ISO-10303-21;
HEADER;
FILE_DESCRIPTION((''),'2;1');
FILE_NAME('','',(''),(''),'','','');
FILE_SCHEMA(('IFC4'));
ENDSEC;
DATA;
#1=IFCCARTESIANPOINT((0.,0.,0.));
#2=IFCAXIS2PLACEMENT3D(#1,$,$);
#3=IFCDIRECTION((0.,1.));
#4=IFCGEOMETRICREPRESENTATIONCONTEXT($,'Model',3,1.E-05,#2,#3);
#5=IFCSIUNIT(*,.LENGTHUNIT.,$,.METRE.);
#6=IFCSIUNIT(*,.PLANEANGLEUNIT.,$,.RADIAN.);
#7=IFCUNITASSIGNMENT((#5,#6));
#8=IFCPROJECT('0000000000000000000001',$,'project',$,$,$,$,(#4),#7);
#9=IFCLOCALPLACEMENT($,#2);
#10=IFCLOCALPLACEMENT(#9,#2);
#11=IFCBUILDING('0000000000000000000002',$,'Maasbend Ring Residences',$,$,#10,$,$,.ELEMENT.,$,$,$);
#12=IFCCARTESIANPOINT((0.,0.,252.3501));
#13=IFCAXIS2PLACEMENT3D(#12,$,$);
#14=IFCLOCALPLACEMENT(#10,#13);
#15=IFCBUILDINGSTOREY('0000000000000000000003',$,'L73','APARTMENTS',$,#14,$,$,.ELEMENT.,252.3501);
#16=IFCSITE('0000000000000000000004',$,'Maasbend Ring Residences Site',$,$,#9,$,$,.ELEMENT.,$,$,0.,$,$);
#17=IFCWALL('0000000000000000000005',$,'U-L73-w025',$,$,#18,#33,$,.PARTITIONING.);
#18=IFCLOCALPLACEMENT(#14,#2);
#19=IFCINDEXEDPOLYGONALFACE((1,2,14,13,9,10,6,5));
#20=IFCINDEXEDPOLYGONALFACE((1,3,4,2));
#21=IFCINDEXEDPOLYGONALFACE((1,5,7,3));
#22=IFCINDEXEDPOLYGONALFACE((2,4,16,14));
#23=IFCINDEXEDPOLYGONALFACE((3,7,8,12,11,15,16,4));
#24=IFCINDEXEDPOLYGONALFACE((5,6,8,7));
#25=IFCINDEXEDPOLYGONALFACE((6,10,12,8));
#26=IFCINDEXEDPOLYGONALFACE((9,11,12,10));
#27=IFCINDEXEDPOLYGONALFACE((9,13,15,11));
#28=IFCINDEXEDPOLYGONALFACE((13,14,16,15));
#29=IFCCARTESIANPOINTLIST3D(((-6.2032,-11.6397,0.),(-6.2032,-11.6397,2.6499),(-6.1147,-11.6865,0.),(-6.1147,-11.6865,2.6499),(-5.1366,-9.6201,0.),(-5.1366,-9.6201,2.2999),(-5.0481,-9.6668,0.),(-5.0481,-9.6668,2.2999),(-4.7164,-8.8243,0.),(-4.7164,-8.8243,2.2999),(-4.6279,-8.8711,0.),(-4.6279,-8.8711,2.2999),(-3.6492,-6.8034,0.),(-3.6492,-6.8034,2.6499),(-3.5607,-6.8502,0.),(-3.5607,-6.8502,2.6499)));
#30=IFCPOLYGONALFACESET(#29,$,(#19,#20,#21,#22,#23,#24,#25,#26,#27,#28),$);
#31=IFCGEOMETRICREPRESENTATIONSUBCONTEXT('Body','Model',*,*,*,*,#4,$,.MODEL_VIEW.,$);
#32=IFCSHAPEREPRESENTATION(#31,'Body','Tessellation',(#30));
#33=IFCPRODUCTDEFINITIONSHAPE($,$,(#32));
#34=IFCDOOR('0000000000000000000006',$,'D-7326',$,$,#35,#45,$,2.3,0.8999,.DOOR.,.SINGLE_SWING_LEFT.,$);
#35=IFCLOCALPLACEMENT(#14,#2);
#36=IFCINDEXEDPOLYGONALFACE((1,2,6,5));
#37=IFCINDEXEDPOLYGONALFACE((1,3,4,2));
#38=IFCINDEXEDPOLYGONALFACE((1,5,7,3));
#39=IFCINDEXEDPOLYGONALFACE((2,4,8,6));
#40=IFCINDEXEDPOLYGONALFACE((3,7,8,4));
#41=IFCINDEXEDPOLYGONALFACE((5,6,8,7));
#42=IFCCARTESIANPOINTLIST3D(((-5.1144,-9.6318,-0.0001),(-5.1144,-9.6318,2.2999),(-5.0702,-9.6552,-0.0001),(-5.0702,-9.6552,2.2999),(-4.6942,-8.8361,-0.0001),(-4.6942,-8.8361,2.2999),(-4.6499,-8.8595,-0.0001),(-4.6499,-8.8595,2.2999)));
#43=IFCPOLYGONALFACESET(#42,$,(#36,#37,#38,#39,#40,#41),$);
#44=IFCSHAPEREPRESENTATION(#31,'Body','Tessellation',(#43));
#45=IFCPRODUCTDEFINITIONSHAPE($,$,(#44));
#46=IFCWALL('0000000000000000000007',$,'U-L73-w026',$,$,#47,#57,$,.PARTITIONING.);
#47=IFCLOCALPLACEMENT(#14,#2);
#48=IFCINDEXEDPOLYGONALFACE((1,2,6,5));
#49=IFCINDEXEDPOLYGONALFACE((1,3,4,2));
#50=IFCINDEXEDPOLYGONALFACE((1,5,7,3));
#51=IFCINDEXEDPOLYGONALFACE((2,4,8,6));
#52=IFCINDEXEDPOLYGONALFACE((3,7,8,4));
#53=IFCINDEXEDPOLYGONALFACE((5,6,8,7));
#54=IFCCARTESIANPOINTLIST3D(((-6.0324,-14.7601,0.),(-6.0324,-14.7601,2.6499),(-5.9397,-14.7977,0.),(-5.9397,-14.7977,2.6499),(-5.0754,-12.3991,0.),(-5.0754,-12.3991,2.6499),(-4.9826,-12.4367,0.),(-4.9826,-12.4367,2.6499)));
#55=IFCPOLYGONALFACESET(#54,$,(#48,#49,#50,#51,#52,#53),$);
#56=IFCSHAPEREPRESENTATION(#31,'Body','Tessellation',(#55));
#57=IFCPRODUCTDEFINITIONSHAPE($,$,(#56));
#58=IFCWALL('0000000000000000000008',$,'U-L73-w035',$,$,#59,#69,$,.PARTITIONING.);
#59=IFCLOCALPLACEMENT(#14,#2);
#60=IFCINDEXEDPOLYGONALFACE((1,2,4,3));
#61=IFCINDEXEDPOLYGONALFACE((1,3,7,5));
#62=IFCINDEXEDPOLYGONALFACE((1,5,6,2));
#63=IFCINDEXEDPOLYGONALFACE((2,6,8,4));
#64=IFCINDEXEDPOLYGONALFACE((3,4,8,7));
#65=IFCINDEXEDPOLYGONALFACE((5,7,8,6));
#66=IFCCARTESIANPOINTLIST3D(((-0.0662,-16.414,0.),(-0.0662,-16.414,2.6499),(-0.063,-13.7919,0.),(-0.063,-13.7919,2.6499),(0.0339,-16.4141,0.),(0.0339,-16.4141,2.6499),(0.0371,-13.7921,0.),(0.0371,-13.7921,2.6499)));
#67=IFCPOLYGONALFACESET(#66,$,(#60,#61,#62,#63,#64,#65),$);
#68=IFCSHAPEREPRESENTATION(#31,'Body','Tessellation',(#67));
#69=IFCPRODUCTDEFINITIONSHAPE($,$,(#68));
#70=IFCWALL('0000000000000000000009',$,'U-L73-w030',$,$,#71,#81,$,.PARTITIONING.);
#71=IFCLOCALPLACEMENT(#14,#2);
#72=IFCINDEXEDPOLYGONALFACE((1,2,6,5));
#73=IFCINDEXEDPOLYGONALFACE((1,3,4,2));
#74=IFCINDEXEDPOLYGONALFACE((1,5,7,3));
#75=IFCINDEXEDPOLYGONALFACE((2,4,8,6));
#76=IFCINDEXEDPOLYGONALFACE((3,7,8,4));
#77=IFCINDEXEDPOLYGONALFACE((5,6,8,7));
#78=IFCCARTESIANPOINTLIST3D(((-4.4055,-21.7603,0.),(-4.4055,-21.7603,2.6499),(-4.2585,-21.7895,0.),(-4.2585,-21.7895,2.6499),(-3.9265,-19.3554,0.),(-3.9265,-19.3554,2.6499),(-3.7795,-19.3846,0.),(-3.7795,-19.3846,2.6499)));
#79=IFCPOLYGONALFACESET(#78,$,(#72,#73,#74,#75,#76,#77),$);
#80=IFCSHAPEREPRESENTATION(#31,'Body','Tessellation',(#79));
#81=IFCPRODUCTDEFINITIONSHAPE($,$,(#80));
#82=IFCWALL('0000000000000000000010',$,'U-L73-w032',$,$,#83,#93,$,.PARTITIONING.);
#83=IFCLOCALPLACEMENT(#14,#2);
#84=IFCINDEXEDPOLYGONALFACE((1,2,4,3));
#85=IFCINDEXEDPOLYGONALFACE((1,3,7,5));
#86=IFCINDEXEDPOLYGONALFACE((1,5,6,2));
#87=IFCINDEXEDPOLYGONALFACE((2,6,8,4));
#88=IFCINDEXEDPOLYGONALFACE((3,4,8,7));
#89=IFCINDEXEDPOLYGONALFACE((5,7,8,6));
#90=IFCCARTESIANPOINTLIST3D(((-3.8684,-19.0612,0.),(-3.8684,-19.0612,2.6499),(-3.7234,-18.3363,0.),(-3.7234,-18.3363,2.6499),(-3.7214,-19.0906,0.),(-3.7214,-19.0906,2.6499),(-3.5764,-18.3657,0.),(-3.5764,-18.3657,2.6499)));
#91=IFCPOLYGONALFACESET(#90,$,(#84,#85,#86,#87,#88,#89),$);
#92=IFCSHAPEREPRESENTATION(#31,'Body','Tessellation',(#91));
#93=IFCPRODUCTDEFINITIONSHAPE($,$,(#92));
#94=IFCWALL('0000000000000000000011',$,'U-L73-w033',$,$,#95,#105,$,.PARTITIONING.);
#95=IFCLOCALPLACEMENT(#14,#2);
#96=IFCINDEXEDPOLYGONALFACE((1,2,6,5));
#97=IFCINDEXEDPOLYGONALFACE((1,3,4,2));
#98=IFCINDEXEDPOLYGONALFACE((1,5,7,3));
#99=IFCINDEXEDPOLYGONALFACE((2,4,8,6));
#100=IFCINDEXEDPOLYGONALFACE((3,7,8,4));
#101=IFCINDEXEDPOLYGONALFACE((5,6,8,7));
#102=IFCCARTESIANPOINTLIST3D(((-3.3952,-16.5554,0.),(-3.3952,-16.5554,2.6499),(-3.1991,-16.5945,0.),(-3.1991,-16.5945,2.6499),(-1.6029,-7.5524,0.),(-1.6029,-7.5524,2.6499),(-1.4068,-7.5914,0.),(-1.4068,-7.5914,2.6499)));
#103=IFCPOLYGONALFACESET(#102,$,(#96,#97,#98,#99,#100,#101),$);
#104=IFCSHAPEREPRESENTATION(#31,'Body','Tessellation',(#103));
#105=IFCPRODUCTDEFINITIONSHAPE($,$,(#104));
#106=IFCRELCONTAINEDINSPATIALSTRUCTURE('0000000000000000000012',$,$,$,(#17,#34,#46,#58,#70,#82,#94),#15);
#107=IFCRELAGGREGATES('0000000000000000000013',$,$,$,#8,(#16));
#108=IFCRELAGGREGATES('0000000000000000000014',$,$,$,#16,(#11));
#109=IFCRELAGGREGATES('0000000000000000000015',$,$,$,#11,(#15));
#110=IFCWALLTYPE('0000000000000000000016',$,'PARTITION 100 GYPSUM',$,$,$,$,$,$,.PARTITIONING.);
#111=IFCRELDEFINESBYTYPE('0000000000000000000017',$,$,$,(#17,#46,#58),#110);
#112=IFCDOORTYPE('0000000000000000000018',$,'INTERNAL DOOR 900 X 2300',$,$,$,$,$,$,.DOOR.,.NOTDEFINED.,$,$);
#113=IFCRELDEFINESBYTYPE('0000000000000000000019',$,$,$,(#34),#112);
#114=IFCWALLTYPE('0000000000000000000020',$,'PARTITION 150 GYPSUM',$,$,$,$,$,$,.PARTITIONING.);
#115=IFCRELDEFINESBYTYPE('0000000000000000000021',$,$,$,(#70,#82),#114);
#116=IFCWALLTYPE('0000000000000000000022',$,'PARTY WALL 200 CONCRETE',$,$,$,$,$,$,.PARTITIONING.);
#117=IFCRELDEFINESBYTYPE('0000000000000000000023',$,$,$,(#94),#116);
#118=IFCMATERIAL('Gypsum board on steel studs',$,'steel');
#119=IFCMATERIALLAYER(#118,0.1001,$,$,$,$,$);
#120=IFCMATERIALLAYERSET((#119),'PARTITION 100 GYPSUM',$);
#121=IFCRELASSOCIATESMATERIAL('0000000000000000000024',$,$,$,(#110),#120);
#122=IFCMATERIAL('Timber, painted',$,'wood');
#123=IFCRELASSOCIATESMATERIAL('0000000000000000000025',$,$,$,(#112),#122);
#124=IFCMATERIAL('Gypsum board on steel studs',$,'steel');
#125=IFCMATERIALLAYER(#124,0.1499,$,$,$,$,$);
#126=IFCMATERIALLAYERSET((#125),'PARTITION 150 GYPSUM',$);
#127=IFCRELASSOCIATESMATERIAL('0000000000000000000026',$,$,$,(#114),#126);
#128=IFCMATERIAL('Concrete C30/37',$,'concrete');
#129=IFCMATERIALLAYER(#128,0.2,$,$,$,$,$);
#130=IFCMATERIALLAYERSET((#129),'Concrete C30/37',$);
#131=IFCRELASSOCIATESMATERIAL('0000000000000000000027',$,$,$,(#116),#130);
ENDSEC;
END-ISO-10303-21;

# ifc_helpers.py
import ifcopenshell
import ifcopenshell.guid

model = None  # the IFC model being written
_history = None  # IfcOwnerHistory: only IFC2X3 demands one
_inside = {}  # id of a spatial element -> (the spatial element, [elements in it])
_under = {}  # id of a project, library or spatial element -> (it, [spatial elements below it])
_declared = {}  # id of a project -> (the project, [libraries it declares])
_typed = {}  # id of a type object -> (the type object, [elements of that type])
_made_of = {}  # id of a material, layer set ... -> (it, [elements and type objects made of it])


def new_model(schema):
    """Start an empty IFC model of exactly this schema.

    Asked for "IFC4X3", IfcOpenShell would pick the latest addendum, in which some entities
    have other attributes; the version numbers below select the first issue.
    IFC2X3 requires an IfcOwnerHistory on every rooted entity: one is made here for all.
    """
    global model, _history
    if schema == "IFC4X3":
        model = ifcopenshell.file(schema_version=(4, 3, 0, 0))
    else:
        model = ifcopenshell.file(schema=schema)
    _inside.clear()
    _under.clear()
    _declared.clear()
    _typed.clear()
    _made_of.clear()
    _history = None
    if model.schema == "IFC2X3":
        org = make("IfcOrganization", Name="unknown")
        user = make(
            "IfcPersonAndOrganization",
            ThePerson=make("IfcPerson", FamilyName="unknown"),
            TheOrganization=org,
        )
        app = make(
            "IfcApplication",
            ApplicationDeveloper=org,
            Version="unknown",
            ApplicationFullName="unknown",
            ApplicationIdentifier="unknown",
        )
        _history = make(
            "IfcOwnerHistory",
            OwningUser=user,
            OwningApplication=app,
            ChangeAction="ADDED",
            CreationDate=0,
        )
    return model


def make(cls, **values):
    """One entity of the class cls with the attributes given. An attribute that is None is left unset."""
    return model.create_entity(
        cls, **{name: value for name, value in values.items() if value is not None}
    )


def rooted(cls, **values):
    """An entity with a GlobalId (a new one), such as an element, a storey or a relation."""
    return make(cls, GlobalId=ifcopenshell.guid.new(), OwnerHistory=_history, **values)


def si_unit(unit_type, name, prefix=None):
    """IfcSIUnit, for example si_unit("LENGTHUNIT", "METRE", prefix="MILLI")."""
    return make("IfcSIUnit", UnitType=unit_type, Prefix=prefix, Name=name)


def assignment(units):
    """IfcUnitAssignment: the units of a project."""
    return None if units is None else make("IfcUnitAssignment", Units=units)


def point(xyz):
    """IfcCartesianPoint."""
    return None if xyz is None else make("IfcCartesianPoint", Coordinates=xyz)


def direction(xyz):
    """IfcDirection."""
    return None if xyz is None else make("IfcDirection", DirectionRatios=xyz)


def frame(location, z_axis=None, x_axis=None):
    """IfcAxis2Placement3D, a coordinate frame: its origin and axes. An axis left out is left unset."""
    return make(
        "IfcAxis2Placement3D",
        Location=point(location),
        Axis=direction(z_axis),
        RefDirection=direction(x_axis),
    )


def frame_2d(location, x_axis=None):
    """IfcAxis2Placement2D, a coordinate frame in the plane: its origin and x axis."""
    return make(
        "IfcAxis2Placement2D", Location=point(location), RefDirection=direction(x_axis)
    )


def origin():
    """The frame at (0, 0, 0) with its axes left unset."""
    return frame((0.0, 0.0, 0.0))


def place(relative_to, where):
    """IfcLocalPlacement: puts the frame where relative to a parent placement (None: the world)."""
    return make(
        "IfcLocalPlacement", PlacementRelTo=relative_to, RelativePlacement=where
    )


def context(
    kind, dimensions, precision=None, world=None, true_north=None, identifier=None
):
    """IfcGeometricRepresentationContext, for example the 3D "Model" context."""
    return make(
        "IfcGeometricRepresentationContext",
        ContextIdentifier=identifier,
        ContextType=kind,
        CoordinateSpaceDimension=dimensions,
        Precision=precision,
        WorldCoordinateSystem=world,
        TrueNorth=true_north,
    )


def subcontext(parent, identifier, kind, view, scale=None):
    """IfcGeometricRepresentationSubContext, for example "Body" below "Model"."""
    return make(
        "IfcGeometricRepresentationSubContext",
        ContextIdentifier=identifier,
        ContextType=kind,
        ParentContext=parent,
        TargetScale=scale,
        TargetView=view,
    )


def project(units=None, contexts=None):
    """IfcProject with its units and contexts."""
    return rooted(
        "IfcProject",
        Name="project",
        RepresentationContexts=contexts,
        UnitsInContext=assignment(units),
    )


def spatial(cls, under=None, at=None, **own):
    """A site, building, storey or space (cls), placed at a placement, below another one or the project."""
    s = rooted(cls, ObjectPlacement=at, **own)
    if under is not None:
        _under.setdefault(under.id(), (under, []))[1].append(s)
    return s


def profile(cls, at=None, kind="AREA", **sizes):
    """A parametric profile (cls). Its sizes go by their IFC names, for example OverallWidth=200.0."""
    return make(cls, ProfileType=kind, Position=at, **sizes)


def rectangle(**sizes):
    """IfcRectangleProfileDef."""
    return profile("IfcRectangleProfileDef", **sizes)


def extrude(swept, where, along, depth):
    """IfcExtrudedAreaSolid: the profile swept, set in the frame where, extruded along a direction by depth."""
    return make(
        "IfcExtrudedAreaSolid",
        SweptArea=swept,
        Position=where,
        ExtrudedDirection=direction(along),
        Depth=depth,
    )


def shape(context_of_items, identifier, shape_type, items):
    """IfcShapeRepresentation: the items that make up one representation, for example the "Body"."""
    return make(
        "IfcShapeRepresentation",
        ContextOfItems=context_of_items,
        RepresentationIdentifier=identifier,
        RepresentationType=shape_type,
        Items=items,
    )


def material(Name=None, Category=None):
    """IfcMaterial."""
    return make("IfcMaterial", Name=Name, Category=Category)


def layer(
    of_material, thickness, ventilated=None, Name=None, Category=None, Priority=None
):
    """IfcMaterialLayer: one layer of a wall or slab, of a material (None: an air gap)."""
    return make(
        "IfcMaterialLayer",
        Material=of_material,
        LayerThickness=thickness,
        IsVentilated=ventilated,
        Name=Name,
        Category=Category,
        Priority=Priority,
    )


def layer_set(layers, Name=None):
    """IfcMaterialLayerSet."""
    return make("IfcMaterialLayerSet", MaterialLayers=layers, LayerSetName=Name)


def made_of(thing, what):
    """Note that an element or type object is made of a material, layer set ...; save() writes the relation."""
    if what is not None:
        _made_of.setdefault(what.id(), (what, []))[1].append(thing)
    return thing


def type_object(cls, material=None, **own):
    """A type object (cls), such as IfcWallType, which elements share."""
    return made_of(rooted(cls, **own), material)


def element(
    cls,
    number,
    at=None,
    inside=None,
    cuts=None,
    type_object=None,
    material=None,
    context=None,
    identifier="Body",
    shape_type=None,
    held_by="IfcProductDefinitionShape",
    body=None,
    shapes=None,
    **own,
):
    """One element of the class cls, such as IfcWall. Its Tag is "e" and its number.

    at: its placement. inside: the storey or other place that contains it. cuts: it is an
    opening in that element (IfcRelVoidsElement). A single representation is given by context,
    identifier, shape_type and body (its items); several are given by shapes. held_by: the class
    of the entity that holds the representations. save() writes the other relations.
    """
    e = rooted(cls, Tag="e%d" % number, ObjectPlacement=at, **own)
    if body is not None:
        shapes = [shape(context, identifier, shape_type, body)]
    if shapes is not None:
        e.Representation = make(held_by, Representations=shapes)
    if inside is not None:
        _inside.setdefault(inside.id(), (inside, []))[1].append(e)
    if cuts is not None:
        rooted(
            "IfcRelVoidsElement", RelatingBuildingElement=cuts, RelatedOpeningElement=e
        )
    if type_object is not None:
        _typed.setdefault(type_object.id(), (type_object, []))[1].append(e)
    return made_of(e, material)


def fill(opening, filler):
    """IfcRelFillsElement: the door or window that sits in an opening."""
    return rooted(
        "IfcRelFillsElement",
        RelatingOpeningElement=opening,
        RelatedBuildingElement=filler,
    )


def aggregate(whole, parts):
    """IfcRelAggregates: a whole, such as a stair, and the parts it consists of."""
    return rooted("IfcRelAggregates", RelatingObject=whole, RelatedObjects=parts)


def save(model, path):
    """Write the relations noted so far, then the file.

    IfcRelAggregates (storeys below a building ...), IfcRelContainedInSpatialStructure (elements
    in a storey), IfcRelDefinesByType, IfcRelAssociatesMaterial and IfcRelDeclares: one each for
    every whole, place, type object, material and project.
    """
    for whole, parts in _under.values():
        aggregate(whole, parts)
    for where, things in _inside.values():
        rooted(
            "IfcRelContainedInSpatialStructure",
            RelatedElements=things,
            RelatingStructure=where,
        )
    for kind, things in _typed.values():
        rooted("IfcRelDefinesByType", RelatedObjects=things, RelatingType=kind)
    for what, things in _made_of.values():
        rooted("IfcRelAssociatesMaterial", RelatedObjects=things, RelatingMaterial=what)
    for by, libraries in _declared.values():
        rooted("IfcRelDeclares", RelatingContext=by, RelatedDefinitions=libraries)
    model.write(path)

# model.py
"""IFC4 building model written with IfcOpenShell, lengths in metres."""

from ifc_helpers import new_model, si_unit, direction, frame, frame_2d, origin, place, context, subcontext, project, spatial, rectangle, extrude, material, layer, layer_set, type_object, element, fill, save


model = new_model("IFC4")

# Units and contexts
model_context = context("Model", 3, precision=1e-05, world=origin(), true_north=direction((0.0, 1.0)))
body_context = subcontext(model_context, "Body", "Model", "MODEL_VIEW")
ifc_project = project(units=[si_unit("LENGTHUNIT", "METRE"), si_unit("PLANEANGLEUNIT", "RADIAN")], contexts=[model_context])

# Site, building, storey
site_placement = place(None, origin())
site = spatial("IfcSite", under=ifc_project, at=site_placement, Name="Maasbend Ring Residences Site", CompositionType="ELEMENT", RefElevation=0.0)
building_placement = place(site_placement, origin())
building = spatial("IfcBuilding", under=site, at=building_placement, Name="Maasbend Ring Residences", CompositionType="ELEMENT")
storey_placement = place(building_placement, frame((0.0, 0.0, 252.3501)))
storey = spatial("IfcBuildingStorey", under=building, at=storey_placement, Name="L73", Description="APARTMENTS", CompositionType="ELEMENT", Elevation=252.3501)

# Wall, opening, door
ifc_material_1 = material(Name="Gypsum board on steel studs", Category="steel")
ifc_layer_1 = layer(ifc_material_1, 0.1001)
ifc_layer_set_1 = layer_set([ifc_layer_1], Name="PARTITION 100 GYPSUM")
wall_type_1 = type_object("IfcWallType", Name="PARTITION 100 GYPSUM", PredefinedType="PARTITIONING", material=ifc_layer_set_1)
ifc_material_2 = material(Name="Timber, painted", Category="wood")
door_type_1 = type_object("IfcDoorType", Name="INTERNAL DOOR 900 X 2300", OperationType="NOTDEFINED", PredefinedType="DOOR", material=ifc_material_2)
wall_1_placement = place(storey_placement, frame((-6.1589, -11.6631, 0.0), z_axis=(0.0, 0.0, 1.0), x_axis=(0.466977, 0.88427, 0.0)))
wall_1 = element("IfcWall", 1, at=wall_1_placement, inside=storey, type_object=wall_type_1, Name="U-L73-w025", PredefinedType="PARTITIONING", context=body_context, shape_type="SweptSolid", body=[
    extrude(rectangle(XDim=5.4692, YDim=0.1001, at=frame_2d((2.7346, 0.0))), origin(), (0.0, 0.0, 1.0), 2.6499),
])
opening_1_placement = place(wall_1_placement, frame((2.2839, 0.0, 0.0)))
opening_1 = element("IfcOpeningElement", 2, at=opening_1_placement, cuts=wall_1, PredefinedType="OPENING", context=body_context, shape_type="SweptSolid", body=[
    extrude(rectangle(XDim=0.8999, YDim=2.3, at=frame_2d((0.45, 1.1499))), frame((0.0, 0.0601, 0.0), z_axis=(0.0, -1.0, 0.0), x_axis=(1.0, 0.0, 0.0)), (0.0, 0.0, 1.0), 0.1201),
])
door_1_placement = place(opening_1_placement, origin())
door_1 = element("IfcDoor", 3, at=door_1_placement, inside=storey, type_object=door_type_1, Name="D-7326", OperationType="SINGLE_SWING_LEFT", OverallHeight=2.3, OverallWidth=0.8999, PredefinedType="DOOR", context=body_context, shape_type="SweptSolid", body=[
    extrude(rectangle(XDim=0.8999, YDim=2.3, at=frame_2d((0.45, 1.1499))), frame((0.0, 0.0249, 0.0), z_axis=(0.0, -1.0, 0.0), x_axis=(1.0, 0.0, 0.0)), (0.0, 0.0, 1.0), 0.05),
])
fill(opening_1, door_1)

# Walls
wall_2_placement = place(storey_placement, frame((-5.9861, -14.7791, 0.0), z_axis=(0.0, 0.0, 1.0), x_axis=(0.375649, 0.926762, 0.0)))
element("IfcWall", 4, at=wall_2_placement, inside=storey, type_object=wall_type_1, Name="U-L73-w026", PredefinedType="PARTITIONING", context=body_context, shape_type="SweptSolid", body=[
    extrude(rectangle(XDim=2.5476, YDim=0.1001, at=frame_2d((1.2739, 0.0))), origin(), (0.0, 0.0, 1.0), 2.6499),
])
wall_3_placement = place(storey_placement, frame((-0.0161, -16.4141, 0.0), z_axis=(0.0, 0.0, 1.0), x_axis=(0.00121, 0.999999, 0.0)))
element("IfcWall", 5, at=wall_3_placement, inside=storey, type_object=wall_type_1, Name="U-L73-w035", PredefinedType="PARTITIONING", context=body_context, shape_type="SweptSolid", body=[
    extrude(rectangle(XDim=2.6221, YDim=0.1001, at=frame_2d((1.311, 0.0))), origin(), (0.0, 0.0, 1.0), 2.6499),
])
ifc_material_3 = material(Name="Gypsum board on steel studs", Category="steel")
ifc_layer_2 = layer(ifc_material_3, 0.1499)
ifc_layer_set_2 = layer_set([ifc_layer_2], Name="PARTITION 150 GYPSUM")
wall_type_2 = type_object("IfcWallType", Name="PARTITION 150 GYPSUM", PredefinedType="PARTITIONING", material=ifc_layer_set_2)
wall_4_placement = place(storey_placement, frame((-4.332, -21.7749, 0.0), z_axis=(0.0, 0.0, 1.0), x_axis=(0.19535, 0.980734, 0.0)))
element("IfcWall", 6, at=wall_4_placement, inside=storey, type_object=wall_type_2, Name="U-L73-w030", PredefinedType="PARTITIONING", context=body_context, shape_type="SweptSolid", body=[
    extrude(rectangle(XDim=2.4521, YDim=0.1499, at=frame_2d((1.2261, 0.0))), origin(), (0.0, 0.0, 1.0), 2.6499),
])
wall_5_placement = place(storey_placement, frame((-3.7949, -19.0759, 0.0), z_axis=(0.0, 0.0, 1.0), x_axis=(0.19618, 0.980568, 0.0)))
element("IfcWall", 7, at=wall_5_placement, inside=storey, type_object=wall_type_2, Name="U-L73-w032", PredefinedType="PARTITIONING", context=body_context, shape_type="SweptSolid", body=[
    extrude(rectangle(XDim=0.7393, YDim=0.1499, at=frame_2d((0.3696, 0.0))), origin(), (0.0, 0.0, 1.0), 2.6499),
])
ifc_material_4 = material(Name="Concrete C30/37", Category="concrete")
ifc_layer_3 = layer(ifc_material_4, 0.2)
ifc_layer_set_3 = layer_set([ifc_layer_3], Name="Concrete C30/37")
wall_type_3 = type_object("IfcWallType", Name="PARTY WALL 200 CONCRETE", PredefinedType="PARTITIONING", material=ifc_layer_set_3)
wall_6_placement = place(storey_placement, frame((-3.2971, -16.575, 0.0), z_axis=(0.0, 0.0, 1.0), x_axis=(0.195241, 0.980755, 0.0)))
element("IfcWall", 8, at=wall_6_placement, inside=storey, type_object=wall_type_3, Name="U-L73-w033", PredefinedType="PARTITIONING", context=body_context, shape_type="SweptSolid", body=[
    extrude(rectangle(XDim=9.1797, YDim=0.2, at=frame_2d((4.5898, 0.0))), origin(), (0.0, 0.0, 1.0), 2.6499),
])

save(model, "model.ifc")
